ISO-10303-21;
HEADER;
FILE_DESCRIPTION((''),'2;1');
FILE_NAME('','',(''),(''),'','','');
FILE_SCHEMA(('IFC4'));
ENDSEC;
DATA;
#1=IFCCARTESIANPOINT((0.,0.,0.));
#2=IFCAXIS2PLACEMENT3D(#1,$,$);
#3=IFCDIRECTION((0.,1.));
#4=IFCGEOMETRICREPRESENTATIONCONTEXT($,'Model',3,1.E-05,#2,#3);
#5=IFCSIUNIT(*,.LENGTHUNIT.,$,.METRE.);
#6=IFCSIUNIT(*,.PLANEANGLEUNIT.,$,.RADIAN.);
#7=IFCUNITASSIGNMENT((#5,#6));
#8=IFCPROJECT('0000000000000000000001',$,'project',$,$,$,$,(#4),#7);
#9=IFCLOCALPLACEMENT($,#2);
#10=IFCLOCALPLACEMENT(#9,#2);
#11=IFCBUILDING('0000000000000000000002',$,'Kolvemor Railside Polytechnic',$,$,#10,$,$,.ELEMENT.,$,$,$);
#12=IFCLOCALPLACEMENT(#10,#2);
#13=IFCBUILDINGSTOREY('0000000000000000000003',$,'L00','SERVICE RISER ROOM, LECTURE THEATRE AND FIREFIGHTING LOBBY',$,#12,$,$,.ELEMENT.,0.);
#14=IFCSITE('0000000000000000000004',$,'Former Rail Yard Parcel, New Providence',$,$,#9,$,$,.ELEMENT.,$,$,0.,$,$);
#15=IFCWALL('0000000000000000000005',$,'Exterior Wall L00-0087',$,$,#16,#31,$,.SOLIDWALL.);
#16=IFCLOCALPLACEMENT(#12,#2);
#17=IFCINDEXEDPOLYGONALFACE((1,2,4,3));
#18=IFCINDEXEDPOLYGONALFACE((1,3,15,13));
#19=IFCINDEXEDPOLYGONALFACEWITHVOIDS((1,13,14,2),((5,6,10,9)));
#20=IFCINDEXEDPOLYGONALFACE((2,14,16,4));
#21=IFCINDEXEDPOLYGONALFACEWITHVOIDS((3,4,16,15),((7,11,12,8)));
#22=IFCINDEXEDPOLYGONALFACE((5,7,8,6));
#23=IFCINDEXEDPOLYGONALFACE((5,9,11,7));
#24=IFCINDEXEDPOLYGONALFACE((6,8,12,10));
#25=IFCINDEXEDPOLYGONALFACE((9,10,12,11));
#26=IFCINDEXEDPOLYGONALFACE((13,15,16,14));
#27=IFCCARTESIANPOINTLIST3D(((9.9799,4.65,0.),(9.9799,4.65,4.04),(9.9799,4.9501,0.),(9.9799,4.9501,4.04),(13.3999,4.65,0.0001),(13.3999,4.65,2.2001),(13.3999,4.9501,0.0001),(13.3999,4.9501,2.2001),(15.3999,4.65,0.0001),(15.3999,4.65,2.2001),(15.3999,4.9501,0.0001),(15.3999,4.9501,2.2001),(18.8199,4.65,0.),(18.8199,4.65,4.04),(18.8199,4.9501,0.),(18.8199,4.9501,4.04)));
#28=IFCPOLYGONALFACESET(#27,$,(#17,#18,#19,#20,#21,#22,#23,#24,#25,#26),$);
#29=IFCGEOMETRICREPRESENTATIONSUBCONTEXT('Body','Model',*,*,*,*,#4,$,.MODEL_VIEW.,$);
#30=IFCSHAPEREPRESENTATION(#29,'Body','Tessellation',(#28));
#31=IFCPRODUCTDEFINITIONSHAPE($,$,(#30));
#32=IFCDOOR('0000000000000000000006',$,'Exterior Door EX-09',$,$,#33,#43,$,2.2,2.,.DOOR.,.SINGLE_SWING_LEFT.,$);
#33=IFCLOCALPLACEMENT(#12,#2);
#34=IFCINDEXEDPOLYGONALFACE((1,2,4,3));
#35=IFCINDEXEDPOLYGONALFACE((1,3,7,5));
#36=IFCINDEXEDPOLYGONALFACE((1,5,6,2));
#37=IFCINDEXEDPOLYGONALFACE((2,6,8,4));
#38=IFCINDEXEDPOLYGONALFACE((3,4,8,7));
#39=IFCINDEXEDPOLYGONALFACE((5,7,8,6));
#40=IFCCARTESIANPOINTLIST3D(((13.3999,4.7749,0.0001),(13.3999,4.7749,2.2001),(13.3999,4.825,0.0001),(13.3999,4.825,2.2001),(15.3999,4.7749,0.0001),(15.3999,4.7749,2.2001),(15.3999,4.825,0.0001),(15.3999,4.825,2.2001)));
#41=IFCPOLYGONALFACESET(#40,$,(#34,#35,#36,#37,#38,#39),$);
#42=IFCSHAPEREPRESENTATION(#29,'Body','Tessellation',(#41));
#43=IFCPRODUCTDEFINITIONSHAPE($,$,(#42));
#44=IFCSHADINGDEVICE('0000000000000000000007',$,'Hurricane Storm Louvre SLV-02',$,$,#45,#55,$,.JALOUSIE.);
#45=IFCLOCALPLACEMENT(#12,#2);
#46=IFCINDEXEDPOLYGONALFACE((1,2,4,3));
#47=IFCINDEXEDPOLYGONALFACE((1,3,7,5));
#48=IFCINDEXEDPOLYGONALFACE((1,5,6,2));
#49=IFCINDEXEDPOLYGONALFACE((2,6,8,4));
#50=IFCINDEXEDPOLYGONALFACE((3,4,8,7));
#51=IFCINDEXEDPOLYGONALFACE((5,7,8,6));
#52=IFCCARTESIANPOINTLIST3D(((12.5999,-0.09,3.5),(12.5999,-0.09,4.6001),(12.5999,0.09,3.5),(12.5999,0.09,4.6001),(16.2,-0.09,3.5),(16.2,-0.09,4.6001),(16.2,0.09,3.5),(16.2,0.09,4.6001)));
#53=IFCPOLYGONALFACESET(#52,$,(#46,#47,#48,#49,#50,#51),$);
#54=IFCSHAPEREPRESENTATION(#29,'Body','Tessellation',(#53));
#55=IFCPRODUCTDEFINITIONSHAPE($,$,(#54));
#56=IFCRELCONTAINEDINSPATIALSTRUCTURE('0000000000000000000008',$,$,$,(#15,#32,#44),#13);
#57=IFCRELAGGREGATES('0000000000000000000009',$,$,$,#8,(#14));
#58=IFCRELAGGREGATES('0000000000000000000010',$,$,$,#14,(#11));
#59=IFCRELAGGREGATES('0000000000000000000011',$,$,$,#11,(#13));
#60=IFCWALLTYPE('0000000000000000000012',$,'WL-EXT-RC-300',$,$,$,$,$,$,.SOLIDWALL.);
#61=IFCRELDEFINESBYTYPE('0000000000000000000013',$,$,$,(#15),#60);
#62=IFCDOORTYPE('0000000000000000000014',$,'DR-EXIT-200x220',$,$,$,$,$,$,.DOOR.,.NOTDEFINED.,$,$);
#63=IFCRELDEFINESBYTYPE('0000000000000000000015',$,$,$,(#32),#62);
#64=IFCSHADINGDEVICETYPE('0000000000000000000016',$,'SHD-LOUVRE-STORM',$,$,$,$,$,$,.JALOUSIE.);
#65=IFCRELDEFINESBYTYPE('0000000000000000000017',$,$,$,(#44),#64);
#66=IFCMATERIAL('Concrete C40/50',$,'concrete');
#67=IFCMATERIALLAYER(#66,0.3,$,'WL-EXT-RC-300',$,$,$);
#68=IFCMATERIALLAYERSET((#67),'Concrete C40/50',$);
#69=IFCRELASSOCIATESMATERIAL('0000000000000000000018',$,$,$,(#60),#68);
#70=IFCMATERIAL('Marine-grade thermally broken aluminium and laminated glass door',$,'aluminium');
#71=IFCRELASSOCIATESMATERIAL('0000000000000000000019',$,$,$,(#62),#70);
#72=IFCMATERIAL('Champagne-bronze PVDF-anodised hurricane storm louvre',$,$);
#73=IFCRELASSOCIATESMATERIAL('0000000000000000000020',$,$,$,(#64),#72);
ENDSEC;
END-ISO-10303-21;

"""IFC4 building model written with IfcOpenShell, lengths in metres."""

from ifc_helpers import new_model, si_unit, direction, frame, frame_2d, origin, origin_2d, place, context, subcontext, project, spatial, rectangle, extrude, material, layer, layer_set, type_object, element, fill, save


model = new_model("IFC4")

# Units and contexts
model_context = context("Model", 3, precision=1e-05, world=origin(), true_north=direction((0.0, 1.0)))
body_context = subcontext(model_context, "Body", "Model", "MODEL_VIEW")
ifc_project = project(units=[si_unit("LENGTHUNIT", "METRE"), si_unit("PLANEANGLEUNIT", "RADIAN")], contexts=[model_context])

# Site, building, storey
site_placement = place(None, origin())
site = spatial("IfcSite", under=ifc_project, at=site_placement, Name="Former Rail Yard Parcel, New Providence", CompositionType="ELEMENT", RefElevation=0.0)
building_placement = place(site_placement, origin())
building = spatial("IfcBuilding", under=site, at=building_placement, Name="Kolvemor Railside Polytechnic", CompositionType="ELEMENT")
storey_placement = place(building_placement, origin())
storey = spatial("IfcBuildingStorey", under=building, at=storey_placement, Name="L00", Description="SERVICE RISER ROOM, LECTURE THEATRE AND FIREFIGHTING LOBBY", CompositionType="ELEMENT", Elevation=0.0)

# Wall, opening, door
ifc_material_1 = material(Name="Concrete C40/50", Category="concrete")
ifc_layer = layer(ifc_material_1, 0.3, Name="WL-EXT-RC-300")
ifc_layer_set = layer_set([ifc_layer], Name="Concrete C40/50")
wall_type = type_object("IfcWallType", Name="WL-EXT-RC-300", PredefinedType="SOLIDWALL", material=ifc_layer_set)
wall_placement = place(storey_placement, frame((9.98, 4.8, 0.0), z_axis=(0.0, 0.0, 1.0), x_axis=(1.0, 0.0, 0.0)))
wall = element("IfcWall", 1, at=wall_placement, inside=storey, type_object=wall_type, Name="Exterior Wall L00-0087", PredefinedType="SOLIDWALL", context=body_context, shape_type="SweptSolid", body=[
    extrude(rectangle(XDim=8.8401, YDim=0.3, at=frame_2d((4.4199, 0.0))), origin(), (0.0, 0.0, 1.0), 4.04),
])
opening_placement = place(wall_placement, frame((3.4199, 0.0, 0.0)))
opening = element("IfcOpeningElement", 2, at=opening_placement, cuts=wall, PredefinedType="OPENING", context=body_context, shape_type="SweptSolid", body=[
    extrude(rectangle(XDim=2.0, YDim=2.2, at=frame_2d((1.0, 1.1001))), frame((0.0, 0.1599, 0.0), z_axis=(0.0, -1.0, 0.0), x_axis=(1.0, 0.0, 0.0)), (0.0, 0.0, 1.0), 0.3201),
])
ifc_material_2 = material(Name="Marine-grade thermally broken aluminium and laminated glass door", Category="aluminium")
door_type = type_object("IfcDoorType", Name="DR-EXIT-200x220", OperationType="NOTDEFINED", PredefinedType="DOOR", material=ifc_material_2)
door_placement = place(opening_placement, origin())
door = element("IfcDoor", 3, at=door_placement, inside=storey, type_object=door_type, Name="Exterior Door EX-09", OperationType="SINGLE_SWING_LEFT", OverallHeight=2.2, OverallWidth=2.0, PredefinedType="DOOR", context=body_context, shape_type="SweptSolid", body=[
    extrude(rectangle(XDim=2.0, YDim=2.2, at=frame_2d((1.0, 1.1001))), frame((0.0, 0.0249, 0.0), z_axis=(0.0, -1.0, 0.0), x_axis=(1.0, 0.0, 0.0)), (0.0, 0.0, 1.0), 0.05),
])
fill(opening, door)

# Shading device
ifc_material_3 = material(Name="Champagne-bronze PVDF-anodised hurricane storm louvre")
shading_device_type = type_object("IfcShadingDeviceType", Name="SHD-LOUVRE-STORM", PredefinedType="JALOUSIE", material=ifc_material_3)
shading_device_placement = place(storey_placement, frame((14.3999, 0.0, 3.5), z_axis=(0.0, 0.0, 1.0), x_axis=(1.0, 0.0, 0.0)))
element("IfcShadingDevice", 4, at=shading_device_placement, inside=storey, type_object=shading_device_type, Name="Hurricane Storm Louvre SLV-02", PredefinedType="JALOUSIE", context=body_context, shape_type="SweptSolid", body=[
    extrude(rectangle(XDim=3.6001, YDim=0.1799, at=origin_2d()), origin(), (0.0, 0.0, 1.0), 1.1001),
])

save(model, "model.ifc")
